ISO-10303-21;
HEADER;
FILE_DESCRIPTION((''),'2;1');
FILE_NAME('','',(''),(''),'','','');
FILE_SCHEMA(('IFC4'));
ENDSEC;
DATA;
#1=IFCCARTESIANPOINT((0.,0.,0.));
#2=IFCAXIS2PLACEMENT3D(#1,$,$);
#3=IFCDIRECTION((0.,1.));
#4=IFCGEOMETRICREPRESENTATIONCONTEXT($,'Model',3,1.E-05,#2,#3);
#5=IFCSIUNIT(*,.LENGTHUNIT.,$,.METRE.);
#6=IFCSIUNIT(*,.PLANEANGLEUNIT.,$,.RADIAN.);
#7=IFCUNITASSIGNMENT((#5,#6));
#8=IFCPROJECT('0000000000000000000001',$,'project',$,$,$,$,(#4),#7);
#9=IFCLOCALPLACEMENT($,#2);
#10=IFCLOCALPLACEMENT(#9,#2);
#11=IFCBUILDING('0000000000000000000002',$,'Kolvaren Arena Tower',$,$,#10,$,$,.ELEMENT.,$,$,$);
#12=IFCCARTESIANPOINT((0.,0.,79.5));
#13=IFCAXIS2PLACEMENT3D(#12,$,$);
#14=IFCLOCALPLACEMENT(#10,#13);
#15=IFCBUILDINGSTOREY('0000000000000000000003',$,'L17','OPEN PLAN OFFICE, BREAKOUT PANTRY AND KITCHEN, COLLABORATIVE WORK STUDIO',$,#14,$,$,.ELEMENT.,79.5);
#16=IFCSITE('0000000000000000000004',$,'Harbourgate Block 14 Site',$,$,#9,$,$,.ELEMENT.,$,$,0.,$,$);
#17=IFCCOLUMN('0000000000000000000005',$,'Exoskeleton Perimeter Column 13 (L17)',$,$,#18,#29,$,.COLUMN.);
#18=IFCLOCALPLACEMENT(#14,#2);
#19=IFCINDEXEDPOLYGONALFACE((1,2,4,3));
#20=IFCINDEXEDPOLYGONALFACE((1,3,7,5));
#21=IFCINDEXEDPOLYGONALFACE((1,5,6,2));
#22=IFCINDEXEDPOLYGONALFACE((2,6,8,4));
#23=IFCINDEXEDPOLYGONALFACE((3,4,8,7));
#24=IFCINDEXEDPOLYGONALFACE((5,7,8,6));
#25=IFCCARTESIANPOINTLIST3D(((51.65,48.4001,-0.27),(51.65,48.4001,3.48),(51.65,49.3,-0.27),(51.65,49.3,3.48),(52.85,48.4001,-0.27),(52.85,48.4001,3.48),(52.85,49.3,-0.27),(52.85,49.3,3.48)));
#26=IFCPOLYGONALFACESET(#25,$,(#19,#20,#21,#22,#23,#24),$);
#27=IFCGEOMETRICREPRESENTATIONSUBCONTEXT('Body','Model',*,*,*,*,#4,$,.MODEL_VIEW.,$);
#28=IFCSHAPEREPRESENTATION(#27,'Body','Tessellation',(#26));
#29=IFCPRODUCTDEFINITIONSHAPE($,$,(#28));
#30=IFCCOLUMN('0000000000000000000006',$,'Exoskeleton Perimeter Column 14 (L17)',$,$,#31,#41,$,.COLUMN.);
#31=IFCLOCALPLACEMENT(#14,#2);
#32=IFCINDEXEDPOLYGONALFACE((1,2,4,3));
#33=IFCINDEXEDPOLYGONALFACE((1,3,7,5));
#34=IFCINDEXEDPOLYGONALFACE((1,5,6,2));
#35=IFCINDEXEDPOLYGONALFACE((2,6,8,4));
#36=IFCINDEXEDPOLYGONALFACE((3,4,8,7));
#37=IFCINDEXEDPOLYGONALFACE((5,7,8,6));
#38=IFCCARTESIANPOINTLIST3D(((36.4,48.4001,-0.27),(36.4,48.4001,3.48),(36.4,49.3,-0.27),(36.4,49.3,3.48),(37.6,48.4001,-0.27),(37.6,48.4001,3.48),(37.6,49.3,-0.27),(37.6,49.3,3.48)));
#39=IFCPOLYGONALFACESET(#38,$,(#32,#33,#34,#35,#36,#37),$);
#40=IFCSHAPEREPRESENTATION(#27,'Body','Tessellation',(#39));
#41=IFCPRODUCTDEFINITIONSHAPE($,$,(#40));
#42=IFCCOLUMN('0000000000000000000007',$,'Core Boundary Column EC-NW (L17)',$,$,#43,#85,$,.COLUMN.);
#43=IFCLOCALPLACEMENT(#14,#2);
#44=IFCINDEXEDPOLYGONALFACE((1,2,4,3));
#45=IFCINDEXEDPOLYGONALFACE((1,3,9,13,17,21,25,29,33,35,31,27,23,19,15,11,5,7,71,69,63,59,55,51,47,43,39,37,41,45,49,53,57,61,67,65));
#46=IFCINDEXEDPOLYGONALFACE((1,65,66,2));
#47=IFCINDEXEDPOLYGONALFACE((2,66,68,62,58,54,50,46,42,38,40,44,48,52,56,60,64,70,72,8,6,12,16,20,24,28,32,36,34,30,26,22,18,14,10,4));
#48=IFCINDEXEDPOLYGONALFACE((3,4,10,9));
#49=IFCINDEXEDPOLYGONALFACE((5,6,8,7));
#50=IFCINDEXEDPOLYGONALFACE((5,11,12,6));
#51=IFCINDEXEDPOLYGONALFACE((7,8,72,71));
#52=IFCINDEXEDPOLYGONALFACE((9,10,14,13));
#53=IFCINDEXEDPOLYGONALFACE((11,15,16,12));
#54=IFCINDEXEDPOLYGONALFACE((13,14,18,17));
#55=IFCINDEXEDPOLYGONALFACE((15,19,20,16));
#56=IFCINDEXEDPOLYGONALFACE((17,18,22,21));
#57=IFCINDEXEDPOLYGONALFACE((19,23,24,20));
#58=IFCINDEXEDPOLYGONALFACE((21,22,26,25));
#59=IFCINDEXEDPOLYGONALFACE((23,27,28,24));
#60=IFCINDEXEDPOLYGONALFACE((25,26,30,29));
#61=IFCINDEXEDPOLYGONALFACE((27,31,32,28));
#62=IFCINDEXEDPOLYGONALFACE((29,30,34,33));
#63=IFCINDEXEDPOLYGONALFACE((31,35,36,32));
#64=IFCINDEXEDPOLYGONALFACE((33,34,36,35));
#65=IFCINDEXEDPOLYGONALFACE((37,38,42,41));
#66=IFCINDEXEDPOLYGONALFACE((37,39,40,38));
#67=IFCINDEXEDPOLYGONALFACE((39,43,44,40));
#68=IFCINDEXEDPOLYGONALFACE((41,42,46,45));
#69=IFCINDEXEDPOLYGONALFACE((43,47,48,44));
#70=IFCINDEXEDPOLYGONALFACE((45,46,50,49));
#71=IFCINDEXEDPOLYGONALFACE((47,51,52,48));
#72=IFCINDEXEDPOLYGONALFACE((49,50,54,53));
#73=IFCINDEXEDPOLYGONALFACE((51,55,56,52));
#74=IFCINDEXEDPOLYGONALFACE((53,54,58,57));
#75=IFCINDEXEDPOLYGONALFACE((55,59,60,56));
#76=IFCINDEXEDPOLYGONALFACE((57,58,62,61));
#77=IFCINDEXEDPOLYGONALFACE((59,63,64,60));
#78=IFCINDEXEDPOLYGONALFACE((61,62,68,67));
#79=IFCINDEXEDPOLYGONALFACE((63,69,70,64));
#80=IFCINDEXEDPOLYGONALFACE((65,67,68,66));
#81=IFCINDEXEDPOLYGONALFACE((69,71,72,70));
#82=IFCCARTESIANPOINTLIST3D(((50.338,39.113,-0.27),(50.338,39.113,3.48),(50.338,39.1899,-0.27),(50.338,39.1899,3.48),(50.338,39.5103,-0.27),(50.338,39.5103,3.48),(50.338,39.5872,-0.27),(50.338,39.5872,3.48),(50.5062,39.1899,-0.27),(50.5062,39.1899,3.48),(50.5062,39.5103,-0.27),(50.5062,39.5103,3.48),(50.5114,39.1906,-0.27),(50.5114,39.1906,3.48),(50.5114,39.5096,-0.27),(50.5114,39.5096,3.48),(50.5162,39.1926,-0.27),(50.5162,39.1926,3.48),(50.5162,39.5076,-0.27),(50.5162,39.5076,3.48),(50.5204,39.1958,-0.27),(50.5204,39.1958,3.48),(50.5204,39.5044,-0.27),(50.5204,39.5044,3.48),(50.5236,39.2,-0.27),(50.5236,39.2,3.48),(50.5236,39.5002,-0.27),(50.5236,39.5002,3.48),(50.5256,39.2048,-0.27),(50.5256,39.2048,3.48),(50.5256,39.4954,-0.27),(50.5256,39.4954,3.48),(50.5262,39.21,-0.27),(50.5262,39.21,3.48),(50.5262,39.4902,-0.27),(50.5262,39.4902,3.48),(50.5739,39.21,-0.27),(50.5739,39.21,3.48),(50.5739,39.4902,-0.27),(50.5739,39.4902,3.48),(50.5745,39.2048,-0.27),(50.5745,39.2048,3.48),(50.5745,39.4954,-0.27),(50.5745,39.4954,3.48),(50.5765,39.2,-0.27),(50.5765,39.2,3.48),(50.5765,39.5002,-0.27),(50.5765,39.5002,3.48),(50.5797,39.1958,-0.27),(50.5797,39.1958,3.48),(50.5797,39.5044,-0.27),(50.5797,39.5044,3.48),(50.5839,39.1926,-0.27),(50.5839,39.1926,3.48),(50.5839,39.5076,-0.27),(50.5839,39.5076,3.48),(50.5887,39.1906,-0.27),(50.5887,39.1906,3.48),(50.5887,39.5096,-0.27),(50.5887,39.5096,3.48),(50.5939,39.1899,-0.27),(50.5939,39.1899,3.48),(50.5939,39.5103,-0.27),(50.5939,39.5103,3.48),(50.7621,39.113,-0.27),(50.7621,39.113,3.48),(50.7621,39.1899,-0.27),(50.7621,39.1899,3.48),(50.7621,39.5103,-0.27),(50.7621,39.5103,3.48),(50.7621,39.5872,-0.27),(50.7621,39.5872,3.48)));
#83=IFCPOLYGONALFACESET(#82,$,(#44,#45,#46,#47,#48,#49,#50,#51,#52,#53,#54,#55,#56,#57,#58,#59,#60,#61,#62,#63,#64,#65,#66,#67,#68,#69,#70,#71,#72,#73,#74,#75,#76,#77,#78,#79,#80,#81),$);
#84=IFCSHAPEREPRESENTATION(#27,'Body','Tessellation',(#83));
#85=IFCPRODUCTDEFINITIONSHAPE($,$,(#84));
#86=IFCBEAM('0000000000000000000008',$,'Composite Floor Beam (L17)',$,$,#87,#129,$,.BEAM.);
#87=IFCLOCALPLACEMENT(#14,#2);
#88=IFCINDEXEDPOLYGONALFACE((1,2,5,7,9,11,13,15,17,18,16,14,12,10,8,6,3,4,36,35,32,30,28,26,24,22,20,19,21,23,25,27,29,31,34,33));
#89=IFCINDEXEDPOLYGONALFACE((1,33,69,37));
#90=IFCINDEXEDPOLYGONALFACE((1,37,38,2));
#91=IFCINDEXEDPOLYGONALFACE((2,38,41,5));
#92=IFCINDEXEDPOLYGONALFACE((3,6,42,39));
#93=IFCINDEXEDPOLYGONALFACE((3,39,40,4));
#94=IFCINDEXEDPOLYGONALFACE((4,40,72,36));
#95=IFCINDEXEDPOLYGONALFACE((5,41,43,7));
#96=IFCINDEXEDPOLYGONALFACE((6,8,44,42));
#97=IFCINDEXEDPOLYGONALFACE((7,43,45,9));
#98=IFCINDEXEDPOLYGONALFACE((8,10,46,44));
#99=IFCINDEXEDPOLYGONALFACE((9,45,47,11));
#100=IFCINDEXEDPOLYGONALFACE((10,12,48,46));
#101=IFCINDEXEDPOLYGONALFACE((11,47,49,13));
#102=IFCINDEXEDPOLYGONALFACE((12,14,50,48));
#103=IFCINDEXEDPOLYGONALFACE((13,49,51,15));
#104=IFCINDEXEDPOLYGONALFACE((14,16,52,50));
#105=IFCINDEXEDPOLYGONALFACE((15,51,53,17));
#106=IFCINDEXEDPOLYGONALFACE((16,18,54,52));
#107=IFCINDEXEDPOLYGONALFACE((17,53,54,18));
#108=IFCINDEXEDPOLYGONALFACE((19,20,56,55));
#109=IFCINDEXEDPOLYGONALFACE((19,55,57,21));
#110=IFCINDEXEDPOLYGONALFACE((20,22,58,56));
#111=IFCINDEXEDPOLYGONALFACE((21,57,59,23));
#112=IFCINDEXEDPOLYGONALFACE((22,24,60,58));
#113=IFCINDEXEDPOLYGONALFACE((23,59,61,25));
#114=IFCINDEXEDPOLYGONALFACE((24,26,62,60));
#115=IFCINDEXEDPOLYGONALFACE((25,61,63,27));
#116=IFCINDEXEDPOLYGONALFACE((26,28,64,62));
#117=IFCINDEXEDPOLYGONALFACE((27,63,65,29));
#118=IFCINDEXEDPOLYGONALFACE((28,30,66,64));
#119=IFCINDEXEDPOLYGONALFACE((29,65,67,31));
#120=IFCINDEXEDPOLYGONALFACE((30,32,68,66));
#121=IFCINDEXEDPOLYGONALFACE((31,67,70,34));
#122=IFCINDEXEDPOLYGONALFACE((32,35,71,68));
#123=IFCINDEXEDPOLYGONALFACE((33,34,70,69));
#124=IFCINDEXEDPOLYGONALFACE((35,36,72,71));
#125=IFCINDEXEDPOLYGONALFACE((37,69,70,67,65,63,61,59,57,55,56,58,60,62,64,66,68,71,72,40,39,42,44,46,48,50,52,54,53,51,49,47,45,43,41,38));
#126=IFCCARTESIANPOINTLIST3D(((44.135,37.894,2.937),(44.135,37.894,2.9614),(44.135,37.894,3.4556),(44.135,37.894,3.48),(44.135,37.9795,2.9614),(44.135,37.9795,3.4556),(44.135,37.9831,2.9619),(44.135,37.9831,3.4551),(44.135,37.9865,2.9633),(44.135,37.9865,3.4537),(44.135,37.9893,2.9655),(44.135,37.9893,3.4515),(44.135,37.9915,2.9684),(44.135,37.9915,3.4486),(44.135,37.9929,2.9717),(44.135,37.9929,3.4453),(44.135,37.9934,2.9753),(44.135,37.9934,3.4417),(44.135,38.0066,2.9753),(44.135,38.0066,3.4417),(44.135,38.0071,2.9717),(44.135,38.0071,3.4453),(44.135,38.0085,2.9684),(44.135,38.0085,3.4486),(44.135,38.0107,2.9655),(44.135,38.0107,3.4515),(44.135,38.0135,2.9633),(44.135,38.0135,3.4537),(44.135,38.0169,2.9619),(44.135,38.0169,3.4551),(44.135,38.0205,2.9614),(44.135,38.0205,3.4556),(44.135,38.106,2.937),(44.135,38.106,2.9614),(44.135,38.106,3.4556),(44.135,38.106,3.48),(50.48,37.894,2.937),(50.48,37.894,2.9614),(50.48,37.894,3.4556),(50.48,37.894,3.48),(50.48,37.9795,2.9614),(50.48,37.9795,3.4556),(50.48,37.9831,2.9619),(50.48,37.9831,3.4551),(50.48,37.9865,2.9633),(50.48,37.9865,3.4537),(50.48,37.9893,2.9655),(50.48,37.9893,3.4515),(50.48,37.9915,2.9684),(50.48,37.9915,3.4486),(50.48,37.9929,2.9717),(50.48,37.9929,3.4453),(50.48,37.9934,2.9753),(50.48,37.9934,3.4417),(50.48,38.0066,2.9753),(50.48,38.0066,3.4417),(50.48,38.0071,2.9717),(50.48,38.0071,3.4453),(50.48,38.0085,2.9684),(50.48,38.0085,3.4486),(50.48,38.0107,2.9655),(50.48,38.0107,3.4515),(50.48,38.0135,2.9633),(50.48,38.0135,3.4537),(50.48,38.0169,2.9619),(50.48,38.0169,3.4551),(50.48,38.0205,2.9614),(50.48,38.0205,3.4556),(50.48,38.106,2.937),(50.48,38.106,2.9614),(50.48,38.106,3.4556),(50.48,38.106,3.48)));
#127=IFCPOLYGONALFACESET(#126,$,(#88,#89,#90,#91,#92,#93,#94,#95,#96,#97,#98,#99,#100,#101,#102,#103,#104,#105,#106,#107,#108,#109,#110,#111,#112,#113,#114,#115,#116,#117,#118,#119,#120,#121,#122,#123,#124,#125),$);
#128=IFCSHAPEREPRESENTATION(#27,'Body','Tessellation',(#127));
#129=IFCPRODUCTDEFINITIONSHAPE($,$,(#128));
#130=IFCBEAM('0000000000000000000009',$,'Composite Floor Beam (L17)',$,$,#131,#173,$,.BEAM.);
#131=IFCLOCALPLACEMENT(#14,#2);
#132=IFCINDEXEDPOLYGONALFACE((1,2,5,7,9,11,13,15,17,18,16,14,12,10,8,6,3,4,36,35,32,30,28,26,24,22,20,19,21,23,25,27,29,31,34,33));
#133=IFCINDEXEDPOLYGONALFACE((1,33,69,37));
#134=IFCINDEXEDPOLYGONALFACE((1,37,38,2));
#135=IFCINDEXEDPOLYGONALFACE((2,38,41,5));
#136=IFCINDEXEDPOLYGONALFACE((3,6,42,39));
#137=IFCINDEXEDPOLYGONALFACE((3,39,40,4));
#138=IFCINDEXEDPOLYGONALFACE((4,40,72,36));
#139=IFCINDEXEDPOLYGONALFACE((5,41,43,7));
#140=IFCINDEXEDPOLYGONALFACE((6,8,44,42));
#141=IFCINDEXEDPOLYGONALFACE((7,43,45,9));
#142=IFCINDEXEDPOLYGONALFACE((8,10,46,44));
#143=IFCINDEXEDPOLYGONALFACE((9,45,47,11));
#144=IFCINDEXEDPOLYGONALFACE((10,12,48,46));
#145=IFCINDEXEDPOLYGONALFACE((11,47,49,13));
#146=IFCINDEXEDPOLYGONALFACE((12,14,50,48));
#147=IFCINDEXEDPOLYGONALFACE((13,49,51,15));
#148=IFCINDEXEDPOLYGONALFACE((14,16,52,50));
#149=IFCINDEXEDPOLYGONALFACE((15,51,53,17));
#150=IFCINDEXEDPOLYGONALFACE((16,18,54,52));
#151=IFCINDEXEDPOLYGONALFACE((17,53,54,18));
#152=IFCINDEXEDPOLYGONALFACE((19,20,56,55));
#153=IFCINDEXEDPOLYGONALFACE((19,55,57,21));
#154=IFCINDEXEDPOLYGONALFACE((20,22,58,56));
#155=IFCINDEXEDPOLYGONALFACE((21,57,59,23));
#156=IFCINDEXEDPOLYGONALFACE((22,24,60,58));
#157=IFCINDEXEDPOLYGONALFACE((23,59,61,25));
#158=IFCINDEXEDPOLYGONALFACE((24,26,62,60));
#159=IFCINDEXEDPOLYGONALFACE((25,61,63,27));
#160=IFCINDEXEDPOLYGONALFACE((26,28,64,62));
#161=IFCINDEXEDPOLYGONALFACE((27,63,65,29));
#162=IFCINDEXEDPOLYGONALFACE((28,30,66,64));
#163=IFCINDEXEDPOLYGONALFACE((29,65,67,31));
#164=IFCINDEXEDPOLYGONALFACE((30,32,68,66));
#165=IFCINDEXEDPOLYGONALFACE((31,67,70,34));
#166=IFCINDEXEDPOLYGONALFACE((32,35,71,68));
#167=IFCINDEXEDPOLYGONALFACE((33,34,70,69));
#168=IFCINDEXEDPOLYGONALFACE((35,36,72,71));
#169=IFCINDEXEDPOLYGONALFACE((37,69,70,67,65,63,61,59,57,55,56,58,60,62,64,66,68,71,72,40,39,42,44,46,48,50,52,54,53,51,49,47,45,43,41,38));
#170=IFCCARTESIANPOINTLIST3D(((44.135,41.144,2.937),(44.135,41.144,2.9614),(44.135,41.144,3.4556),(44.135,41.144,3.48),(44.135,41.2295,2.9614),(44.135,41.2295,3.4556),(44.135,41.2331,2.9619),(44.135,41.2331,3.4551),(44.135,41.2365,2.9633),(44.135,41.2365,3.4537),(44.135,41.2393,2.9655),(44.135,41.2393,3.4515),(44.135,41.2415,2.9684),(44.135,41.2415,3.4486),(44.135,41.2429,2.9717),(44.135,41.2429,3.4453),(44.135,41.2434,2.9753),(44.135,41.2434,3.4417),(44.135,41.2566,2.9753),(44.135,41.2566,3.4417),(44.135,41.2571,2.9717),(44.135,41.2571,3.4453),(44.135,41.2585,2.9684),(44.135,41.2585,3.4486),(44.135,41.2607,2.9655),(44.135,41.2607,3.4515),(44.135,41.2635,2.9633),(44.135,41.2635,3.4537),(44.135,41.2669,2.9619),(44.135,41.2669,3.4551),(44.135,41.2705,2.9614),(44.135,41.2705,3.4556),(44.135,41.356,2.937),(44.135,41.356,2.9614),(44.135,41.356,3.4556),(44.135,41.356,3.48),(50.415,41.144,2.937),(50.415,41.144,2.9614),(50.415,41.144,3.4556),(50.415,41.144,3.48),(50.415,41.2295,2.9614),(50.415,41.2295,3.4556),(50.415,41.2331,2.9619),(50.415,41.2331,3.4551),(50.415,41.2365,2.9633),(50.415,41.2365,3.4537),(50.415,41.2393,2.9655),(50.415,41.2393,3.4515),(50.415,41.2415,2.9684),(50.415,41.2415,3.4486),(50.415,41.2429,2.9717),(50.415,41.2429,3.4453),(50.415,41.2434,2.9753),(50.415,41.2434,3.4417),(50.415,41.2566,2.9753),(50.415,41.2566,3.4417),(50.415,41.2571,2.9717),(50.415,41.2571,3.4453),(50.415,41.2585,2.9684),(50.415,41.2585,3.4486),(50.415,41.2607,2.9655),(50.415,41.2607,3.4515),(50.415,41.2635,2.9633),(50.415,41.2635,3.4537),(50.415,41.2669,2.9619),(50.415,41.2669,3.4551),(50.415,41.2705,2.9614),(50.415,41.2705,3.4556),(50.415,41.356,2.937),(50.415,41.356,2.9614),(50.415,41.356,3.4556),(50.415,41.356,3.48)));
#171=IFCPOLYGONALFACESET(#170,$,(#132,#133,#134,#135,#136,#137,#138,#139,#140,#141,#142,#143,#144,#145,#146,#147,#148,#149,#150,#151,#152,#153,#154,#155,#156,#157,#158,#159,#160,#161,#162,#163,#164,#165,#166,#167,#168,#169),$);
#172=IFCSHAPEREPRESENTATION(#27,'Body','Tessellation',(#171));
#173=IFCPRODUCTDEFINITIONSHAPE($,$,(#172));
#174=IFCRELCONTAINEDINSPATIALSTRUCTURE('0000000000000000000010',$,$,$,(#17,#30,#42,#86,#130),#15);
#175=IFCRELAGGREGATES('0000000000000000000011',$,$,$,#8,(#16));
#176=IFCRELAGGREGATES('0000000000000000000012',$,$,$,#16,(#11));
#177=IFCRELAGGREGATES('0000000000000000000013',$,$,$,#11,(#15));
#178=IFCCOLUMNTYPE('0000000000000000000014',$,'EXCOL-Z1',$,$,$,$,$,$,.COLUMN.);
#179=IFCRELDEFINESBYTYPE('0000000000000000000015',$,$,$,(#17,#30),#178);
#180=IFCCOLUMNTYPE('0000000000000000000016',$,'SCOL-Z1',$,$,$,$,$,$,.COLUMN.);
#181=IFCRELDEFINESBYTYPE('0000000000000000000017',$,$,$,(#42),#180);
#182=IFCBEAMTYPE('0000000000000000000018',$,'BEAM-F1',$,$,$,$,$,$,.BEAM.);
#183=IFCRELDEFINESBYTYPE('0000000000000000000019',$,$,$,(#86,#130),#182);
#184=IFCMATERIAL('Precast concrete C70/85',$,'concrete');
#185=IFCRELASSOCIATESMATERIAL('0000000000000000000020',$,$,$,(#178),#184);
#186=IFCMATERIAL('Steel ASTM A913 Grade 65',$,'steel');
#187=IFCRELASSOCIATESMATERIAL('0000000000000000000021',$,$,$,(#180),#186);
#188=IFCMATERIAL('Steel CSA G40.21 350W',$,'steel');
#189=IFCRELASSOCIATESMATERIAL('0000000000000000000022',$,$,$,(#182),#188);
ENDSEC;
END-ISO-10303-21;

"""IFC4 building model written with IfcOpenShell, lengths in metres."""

from ifc_helpers import new_model, si_unit, direction, frame, origin, origin_2d, place, context, subcontext, project, spatial, rectangle, i_section, extrude, material, material_profile, profile_set, type_object, element, save


model = new_model("IFC4")

# Units and contexts
model_context = context("Model", 3, precision=1e-05, world=origin(), true_north=direction((0.0, 1.0)))
body_context = subcontext(model_context, "Body", "Model", "MODEL_VIEW")
ifc_project = project(units=[si_unit("LENGTHUNIT", "METRE"), si_unit("PLANEANGLEUNIT", "RADIAN")], contexts=[model_context])

# Site, building, storey
site_placement = place(None, origin())
site = spatial("IfcSite", under=ifc_project, at=site_placement, Name="Harbourgate Block 14 Site", CompositionType="ELEMENT", RefElevation=0.0)
building_placement = place(site_placement, origin())
building = spatial("IfcBuilding", under=site, at=building_placement, Name="Kolvaren Arena Tower", CompositionType="ELEMENT")
storey_placement = place(building_placement, frame((0.0, 0.0, 79.5)))
storey = spatial("IfcBuildingStorey", under=building, at=storey_placement, Name="L17", Description="OPEN PLAN OFFICE, BREAKOUT PANTRY AND KITCHEN, COLLABORATIVE WORK STUDIO", CompositionType="ELEMENT", Elevation=79.5)

# Columns
ifc_material_1 = material(Name="Precast concrete C70/85", Category="concrete")
ifc_material_profile_1 = material_profile(ifc_material_1, rectangle(XDim=1.2, YDim=0.8999, at=origin_2d()), Name="RC-1200x900")
ifc_profile_set_1 = profile_set([ifc_material_profile_1], Name="Precast concrete C70/85")
column_type_1 = type_object("IfcColumnType", Name="EXCOL-Z1", PredefinedType="COLUMN", material=ifc_profile_set_1)
for number, where, z_axis, x_axis, name in (
    (1, (52.25, 48.8501, -0.27), (0.0, 0.0, 1.0), (1.0, 0.0, 0.0), "Exoskeleton Perimeter Column 13 (L17)"),
    (2, (37.0, 48.8501, -0.27), (0.0, 0.0, 1.0), (1.0, 0.0, 0.0), "Exoskeleton Perimeter Column 14 (L17)"),
):
    element("IfcColumn", number, at=place(storey_placement, frame(where, z_axis=z_axis, x_axis=x_axis)), inside=storey, type_object=column_type_1, Name=name, PredefinedType="COLUMN", context=body_context, shape_type="SweptSolid", body=[
        extrude(rectangle(XDim=1.2, YDim=0.8999, at=origin_2d()), origin(), (0.0, 0.0, 1.0), 3.75),
    ])
ifc_material_2 = material(Name="Steel ASTM A913 Grade 65", Category="steel")
ifc_material_profile_2 = material_profile(ifc_material_2, i_section(OverallWidth=0.4241, OverallDepth=0.4741, WebThickness=0.0476, FlangeThickness=0.0769, FilletRadius=0.02, at=origin_2d()), Name="W360x634")
ifc_profile_set_2 = profile_set([ifc_material_profile_2], Name="Steel ASTM A913 Grade 65")
column_type_2 = type_object("IfcColumnType", Name="SCOL-Z1", PredefinedType="COLUMN", material=ifc_profile_set_2)
column_placement = place(storey_placement, frame((50.55, 39.3501, -0.27), z_axis=(0.0, 0.0, 1.0), x_axis=(1.0, 0.0, 0.0)))
element("IfcColumn", 3, at=column_placement, inside=storey, type_object=column_type_2, Name="Core Boundary Column EC-NW (L17)", PredefinedType="COLUMN", context=body_context, shape_type="SweptSolid", body=[
    extrude(i_section(OverallWidth=0.4241, OverallDepth=0.4741, WebThickness=0.0476, FlangeThickness=0.0769, FilletRadius=0.02, at=origin_2d()), origin(), (0.0, 0.0, 1.0), 3.75),
])

# Beams
ifc_material_3 = material(Name="Steel CSA G40.21 350W", Category="steel")
ifc_material_profile_3 = material_profile(ifc_material_3, i_section(OverallWidth=0.2119, OverallDepth=0.543, WebThickness=0.0132, FlangeThickness=0.0244, FilletRadius=0.0139, at=origin_2d()), Name="W530x150")
ifc_profile_set_3 = profile_set([ifc_material_profile_3], Name="Steel CSA G40.21 350W")
beam_type_1 = type_object("IfcBeamType", Name="BEAM-F1", PredefinedType="BEAM", material=ifc_profile_set_3)
beam_1_placement = place(storey_placement, frame((44.135, 38.0, 3.2085), z_axis=(1.0, 0.0, 0.0), x_axis=(0.0, 1.0, 0.0)))
element("IfcBeam", 4, at=beam_1_placement, inside=storey, type_object=beam_type_1, Name="Composite Floor Beam (L17)", PredefinedType="BEAM", context=body_context, shape_type="SweptSolid", body=[
    extrude(i_section(OverallWidth=0.2119, OverallDepth=0.543, WebThickness=0.0132, FlangeThickness=0.0244, FilletRadius=0.0139, at=origin_2d()), origin(), (0.0, 0.0, 1.0), 6.345),
])
beam_2_placement = place(storey_placement, frame((44.135, 41.25, 3.2085), z_axis=(1.0, 0.0, 0.0), x_axis=(0.0, 1.0, 0.0)))
element("IfcBeam", 5, at=beam_2_placement, inside=storey, type_object=beam_type_1, Name="Composite Floor Beam (L17)", PredefinedType="BEAM", context=body_context, shape_type="SweptSolid", body=[
    extrude(i_section(OverallWidth=0.2119, OverallDepth=0.543, WebThickness=0.0132, FlangeThickness=0.0244, FilletRadius=0.0139, at=origin_2d()), origin(), (0.0, 0.0, 1.0), 6.28),
])

save(model, "model.ifc")
